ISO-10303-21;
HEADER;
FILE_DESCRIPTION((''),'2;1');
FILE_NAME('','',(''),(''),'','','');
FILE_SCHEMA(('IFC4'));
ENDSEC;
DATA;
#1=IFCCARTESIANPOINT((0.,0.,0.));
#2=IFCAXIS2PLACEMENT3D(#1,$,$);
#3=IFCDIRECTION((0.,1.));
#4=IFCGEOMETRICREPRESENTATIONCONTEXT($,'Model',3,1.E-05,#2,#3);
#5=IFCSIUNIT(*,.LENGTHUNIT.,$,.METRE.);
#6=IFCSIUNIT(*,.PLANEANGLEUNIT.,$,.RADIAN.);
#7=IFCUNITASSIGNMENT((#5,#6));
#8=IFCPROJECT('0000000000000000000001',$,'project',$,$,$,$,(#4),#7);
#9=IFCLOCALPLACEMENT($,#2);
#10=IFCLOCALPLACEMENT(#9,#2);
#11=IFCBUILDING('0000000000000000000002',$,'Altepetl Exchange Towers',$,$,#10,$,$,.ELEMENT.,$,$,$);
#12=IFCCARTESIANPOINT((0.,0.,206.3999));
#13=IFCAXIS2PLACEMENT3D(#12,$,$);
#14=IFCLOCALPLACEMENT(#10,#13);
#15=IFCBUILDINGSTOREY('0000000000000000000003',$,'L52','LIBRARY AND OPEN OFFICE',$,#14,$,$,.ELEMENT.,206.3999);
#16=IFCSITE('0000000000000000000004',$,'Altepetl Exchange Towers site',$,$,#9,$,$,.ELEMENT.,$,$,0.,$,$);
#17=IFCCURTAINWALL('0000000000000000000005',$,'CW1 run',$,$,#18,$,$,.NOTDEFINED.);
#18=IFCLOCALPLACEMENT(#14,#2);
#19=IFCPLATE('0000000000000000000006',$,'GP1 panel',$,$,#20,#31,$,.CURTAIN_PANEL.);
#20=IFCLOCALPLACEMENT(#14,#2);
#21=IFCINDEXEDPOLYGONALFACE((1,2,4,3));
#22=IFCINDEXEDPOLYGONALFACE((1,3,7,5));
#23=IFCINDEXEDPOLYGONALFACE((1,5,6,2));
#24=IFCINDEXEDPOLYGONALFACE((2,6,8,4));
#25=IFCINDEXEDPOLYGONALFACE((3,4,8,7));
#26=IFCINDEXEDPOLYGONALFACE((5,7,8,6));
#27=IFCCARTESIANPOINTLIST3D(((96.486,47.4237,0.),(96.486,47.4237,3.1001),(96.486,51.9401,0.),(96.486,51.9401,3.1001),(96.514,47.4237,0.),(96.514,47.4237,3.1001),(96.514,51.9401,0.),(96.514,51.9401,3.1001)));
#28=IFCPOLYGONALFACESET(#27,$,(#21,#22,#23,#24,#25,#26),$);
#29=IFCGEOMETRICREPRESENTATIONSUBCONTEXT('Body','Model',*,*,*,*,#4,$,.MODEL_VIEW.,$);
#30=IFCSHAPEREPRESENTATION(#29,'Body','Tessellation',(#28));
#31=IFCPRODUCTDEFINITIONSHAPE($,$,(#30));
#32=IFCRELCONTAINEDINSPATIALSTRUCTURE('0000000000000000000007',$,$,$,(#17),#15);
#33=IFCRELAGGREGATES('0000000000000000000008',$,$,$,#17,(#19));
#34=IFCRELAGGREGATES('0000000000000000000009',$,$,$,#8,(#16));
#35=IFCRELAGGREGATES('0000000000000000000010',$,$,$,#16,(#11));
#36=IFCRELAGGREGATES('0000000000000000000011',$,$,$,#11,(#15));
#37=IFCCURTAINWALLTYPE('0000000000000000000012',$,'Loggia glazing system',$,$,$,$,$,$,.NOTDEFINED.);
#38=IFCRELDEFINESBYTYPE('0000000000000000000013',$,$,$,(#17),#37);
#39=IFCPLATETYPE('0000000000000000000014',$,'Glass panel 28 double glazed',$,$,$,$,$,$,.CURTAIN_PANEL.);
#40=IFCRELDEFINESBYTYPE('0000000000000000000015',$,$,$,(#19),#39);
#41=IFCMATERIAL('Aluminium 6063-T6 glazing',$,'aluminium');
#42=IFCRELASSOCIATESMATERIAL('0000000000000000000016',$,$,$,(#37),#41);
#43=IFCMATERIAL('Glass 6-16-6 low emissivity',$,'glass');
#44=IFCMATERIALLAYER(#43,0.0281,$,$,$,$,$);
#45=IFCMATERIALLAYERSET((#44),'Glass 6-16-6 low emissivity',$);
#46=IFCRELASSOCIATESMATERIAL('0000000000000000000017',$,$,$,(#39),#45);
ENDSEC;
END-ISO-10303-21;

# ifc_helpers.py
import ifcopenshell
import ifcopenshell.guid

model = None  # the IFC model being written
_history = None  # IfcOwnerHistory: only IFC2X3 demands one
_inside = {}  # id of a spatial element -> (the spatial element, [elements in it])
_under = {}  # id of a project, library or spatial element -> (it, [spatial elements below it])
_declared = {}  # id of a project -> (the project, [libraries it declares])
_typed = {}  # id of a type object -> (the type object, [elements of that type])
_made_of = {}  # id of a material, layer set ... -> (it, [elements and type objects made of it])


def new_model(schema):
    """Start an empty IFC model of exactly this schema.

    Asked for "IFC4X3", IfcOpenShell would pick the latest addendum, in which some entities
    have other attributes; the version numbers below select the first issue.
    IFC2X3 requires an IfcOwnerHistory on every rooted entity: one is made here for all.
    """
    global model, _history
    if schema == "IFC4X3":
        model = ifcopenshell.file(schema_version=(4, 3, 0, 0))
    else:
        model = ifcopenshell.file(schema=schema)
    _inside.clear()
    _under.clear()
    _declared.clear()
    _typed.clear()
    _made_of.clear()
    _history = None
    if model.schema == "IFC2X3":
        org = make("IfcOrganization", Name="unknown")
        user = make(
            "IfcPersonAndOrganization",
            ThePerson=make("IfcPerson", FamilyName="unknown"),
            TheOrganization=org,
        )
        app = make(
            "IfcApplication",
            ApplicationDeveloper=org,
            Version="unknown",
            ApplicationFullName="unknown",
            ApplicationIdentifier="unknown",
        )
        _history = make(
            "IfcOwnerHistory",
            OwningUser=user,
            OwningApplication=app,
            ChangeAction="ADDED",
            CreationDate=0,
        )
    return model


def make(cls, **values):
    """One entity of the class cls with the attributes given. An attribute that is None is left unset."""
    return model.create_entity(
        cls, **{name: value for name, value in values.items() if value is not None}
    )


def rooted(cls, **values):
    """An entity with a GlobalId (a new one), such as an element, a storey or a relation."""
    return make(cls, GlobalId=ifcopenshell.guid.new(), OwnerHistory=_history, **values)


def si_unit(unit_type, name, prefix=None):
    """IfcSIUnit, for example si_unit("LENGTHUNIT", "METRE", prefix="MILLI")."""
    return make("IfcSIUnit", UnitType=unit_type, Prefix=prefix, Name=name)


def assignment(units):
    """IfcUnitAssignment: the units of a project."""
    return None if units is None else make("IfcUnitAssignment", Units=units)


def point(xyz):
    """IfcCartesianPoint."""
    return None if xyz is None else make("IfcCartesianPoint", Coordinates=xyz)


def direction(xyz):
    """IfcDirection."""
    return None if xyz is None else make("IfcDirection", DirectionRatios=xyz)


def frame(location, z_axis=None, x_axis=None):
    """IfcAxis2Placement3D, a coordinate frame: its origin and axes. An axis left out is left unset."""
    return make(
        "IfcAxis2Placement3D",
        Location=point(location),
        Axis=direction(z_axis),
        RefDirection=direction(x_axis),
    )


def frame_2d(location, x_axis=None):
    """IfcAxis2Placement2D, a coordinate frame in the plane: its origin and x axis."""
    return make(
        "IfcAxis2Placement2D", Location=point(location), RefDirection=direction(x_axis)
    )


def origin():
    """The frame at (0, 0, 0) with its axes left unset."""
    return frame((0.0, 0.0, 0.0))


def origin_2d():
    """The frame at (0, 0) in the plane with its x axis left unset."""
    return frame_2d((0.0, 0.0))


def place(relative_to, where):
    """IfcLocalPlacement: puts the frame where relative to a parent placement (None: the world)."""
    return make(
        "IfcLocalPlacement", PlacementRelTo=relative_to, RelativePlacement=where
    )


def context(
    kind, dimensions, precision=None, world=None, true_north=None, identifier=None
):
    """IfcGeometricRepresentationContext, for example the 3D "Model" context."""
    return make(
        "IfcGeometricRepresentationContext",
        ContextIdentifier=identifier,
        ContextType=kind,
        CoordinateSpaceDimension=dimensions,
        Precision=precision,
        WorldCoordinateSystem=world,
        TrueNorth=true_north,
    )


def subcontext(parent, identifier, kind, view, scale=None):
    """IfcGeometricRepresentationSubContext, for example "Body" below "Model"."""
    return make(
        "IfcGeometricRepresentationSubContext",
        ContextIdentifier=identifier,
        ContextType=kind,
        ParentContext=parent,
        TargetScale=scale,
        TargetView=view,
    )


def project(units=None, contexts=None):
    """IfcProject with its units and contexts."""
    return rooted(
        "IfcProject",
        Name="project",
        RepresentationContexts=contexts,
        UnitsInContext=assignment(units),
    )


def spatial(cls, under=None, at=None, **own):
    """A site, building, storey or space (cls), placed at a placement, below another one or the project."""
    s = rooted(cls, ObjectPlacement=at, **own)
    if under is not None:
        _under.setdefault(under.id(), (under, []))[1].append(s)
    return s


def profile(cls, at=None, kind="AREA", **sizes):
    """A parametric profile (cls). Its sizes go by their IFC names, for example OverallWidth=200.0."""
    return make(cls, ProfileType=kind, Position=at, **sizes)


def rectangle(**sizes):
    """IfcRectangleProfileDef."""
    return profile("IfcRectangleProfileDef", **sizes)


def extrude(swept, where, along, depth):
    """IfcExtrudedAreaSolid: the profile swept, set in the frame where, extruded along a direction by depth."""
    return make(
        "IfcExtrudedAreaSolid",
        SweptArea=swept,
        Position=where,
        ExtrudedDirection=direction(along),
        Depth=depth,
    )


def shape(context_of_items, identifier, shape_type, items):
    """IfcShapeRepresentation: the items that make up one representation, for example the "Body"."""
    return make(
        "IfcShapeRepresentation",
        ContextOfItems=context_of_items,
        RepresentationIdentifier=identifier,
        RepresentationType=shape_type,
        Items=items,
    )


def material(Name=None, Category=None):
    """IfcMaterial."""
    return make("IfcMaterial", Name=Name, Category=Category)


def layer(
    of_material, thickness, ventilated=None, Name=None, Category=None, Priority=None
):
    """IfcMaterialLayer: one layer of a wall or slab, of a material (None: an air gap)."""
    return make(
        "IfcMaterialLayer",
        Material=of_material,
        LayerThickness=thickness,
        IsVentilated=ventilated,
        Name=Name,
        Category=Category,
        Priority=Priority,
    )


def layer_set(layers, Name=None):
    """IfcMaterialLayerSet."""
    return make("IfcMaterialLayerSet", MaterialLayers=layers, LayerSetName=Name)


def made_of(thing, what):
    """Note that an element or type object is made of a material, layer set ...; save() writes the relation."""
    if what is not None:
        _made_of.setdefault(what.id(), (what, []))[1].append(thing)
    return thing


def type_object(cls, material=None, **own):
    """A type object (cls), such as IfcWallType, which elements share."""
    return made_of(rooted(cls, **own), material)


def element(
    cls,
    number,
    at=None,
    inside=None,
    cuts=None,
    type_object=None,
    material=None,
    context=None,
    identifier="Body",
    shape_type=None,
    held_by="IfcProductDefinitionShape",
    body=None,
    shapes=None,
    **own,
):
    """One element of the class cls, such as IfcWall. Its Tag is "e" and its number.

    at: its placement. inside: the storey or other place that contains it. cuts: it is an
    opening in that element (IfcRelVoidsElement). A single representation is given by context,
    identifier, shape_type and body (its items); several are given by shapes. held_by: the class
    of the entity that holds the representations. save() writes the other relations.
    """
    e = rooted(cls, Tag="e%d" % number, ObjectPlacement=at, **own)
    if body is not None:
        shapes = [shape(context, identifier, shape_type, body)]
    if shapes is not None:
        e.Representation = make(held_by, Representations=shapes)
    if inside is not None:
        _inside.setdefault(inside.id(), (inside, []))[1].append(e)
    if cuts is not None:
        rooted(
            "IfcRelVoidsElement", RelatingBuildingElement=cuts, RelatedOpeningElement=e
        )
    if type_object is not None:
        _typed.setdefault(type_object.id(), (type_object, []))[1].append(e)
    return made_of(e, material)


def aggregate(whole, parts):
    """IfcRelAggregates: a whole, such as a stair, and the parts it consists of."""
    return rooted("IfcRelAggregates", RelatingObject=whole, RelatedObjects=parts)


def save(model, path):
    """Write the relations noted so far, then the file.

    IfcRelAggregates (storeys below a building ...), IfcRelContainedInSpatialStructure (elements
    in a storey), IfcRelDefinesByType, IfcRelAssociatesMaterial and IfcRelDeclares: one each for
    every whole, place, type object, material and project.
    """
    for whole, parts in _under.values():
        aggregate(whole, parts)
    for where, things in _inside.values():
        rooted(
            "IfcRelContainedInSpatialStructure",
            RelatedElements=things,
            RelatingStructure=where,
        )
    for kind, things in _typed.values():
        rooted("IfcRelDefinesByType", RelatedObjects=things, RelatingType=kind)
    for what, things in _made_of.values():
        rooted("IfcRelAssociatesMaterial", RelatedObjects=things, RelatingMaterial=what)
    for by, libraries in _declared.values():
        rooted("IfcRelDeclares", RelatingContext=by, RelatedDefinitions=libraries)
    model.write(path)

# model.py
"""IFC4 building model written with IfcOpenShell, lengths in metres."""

from ifc_helpers import new_model, si_unit, direction, frame, origin, origin_2d, place, context, subcontext, project, spatial, rectangle, extrude, material, layer, layer_set, type_object, element, aggregate, save


model = new_model("IFC4")

# Units and contexts
model_context = context("Model", 3, precision=1e-05, world=origin(), true_north=direction((0.0, 1.0)))
body_context = subcontext(model_context, "Body", "Model", "MODEL_VIEW")
ifc_project = project(units=[si_unit("LENGTHUNIT", "METRE"), si_unit("PLANEANGLEUNIT", "RADIAN")], contexts=[model_context])

# Site, building, storey
site_placement = place(None, origin())
site = spatial("IfcSite", under=ifc_project, at=site_placement, Name="Altepetl Exchange Towers site", CompositionType="ELEMENT", RefElevation=0.0)
building_placement = place(site_placement, origin())
building = spatial("IfcBuilding", under=site, at=building_placement, Name="Altepetl Exchange Towers", CompositionType="ELEMENT")
storey_placement = place(building_placement, frame((0.0, 0.0, 206.3999)))
storey = spatial("IfcBuildingStorey", under=building, at=storey_placement, Name="L52", Description="LIBRARY AND OPEN OFFICE", CompositionType="ELEMENT", Elevation=206.3999)

# Shared definitions
ifc_material_1 = material(Name="Aluminium 6063-T6 glazing", Category="aluminium")
curtain_wall_type = type_object("IfcCurtainWallType", Name="Loggia glazing system", PredefinedType="NOTDEFINED", material=ifc_material_1)

# Curtain wall
curtain_wall_1_placement = place(storey_placement, origin())
curtain_wall_1 = element("IfcCurtainWall", 1, at=curtain_wall_1_placement, inside=storey, type_object=curtain_wall_type, Name="CW1 run", PredefinedType="NOTDEFINED")

# Plate
ifc_material_2 = material(Name="Glass 6-16-6 low emissivity", Category="glass")
ifc_layer = layer(ifc_material_2, 0.0281)
ifc_layer_set = layer_set([ifc_layer], Name="Glass 6-16-6 low emissivity")
plate_type = type_object("IfcPlateType", Name="Glass panel 28 double glazed", PredefinedType="CURTAIN_PANEL", material=ifc_layer_set)
plate_1_placement = place(storey_placement, frame((96.5, 49.6819, 0.0), z_axis=(0.0, 0.0, 1.0), x_axis=(0.0, -1.0, 0.0)))
plate_1 = element("IfcPlate", 2, at=plate_1_placement, type_object=plate_type, Name="GP1 panel", PredefinedType="CURTAIN_PANEL", context=body_context, shape_type="SweptSolid", body=[
    extrude(rectangle(XDim=4.5164, YDim=0.0281, at=origin_2d()), origin(), (0.0, 0.0, 1.0), 3.1001),
])
aggregate(curtain_wall_1, [plate_1])

save(model, "model.ifc")
